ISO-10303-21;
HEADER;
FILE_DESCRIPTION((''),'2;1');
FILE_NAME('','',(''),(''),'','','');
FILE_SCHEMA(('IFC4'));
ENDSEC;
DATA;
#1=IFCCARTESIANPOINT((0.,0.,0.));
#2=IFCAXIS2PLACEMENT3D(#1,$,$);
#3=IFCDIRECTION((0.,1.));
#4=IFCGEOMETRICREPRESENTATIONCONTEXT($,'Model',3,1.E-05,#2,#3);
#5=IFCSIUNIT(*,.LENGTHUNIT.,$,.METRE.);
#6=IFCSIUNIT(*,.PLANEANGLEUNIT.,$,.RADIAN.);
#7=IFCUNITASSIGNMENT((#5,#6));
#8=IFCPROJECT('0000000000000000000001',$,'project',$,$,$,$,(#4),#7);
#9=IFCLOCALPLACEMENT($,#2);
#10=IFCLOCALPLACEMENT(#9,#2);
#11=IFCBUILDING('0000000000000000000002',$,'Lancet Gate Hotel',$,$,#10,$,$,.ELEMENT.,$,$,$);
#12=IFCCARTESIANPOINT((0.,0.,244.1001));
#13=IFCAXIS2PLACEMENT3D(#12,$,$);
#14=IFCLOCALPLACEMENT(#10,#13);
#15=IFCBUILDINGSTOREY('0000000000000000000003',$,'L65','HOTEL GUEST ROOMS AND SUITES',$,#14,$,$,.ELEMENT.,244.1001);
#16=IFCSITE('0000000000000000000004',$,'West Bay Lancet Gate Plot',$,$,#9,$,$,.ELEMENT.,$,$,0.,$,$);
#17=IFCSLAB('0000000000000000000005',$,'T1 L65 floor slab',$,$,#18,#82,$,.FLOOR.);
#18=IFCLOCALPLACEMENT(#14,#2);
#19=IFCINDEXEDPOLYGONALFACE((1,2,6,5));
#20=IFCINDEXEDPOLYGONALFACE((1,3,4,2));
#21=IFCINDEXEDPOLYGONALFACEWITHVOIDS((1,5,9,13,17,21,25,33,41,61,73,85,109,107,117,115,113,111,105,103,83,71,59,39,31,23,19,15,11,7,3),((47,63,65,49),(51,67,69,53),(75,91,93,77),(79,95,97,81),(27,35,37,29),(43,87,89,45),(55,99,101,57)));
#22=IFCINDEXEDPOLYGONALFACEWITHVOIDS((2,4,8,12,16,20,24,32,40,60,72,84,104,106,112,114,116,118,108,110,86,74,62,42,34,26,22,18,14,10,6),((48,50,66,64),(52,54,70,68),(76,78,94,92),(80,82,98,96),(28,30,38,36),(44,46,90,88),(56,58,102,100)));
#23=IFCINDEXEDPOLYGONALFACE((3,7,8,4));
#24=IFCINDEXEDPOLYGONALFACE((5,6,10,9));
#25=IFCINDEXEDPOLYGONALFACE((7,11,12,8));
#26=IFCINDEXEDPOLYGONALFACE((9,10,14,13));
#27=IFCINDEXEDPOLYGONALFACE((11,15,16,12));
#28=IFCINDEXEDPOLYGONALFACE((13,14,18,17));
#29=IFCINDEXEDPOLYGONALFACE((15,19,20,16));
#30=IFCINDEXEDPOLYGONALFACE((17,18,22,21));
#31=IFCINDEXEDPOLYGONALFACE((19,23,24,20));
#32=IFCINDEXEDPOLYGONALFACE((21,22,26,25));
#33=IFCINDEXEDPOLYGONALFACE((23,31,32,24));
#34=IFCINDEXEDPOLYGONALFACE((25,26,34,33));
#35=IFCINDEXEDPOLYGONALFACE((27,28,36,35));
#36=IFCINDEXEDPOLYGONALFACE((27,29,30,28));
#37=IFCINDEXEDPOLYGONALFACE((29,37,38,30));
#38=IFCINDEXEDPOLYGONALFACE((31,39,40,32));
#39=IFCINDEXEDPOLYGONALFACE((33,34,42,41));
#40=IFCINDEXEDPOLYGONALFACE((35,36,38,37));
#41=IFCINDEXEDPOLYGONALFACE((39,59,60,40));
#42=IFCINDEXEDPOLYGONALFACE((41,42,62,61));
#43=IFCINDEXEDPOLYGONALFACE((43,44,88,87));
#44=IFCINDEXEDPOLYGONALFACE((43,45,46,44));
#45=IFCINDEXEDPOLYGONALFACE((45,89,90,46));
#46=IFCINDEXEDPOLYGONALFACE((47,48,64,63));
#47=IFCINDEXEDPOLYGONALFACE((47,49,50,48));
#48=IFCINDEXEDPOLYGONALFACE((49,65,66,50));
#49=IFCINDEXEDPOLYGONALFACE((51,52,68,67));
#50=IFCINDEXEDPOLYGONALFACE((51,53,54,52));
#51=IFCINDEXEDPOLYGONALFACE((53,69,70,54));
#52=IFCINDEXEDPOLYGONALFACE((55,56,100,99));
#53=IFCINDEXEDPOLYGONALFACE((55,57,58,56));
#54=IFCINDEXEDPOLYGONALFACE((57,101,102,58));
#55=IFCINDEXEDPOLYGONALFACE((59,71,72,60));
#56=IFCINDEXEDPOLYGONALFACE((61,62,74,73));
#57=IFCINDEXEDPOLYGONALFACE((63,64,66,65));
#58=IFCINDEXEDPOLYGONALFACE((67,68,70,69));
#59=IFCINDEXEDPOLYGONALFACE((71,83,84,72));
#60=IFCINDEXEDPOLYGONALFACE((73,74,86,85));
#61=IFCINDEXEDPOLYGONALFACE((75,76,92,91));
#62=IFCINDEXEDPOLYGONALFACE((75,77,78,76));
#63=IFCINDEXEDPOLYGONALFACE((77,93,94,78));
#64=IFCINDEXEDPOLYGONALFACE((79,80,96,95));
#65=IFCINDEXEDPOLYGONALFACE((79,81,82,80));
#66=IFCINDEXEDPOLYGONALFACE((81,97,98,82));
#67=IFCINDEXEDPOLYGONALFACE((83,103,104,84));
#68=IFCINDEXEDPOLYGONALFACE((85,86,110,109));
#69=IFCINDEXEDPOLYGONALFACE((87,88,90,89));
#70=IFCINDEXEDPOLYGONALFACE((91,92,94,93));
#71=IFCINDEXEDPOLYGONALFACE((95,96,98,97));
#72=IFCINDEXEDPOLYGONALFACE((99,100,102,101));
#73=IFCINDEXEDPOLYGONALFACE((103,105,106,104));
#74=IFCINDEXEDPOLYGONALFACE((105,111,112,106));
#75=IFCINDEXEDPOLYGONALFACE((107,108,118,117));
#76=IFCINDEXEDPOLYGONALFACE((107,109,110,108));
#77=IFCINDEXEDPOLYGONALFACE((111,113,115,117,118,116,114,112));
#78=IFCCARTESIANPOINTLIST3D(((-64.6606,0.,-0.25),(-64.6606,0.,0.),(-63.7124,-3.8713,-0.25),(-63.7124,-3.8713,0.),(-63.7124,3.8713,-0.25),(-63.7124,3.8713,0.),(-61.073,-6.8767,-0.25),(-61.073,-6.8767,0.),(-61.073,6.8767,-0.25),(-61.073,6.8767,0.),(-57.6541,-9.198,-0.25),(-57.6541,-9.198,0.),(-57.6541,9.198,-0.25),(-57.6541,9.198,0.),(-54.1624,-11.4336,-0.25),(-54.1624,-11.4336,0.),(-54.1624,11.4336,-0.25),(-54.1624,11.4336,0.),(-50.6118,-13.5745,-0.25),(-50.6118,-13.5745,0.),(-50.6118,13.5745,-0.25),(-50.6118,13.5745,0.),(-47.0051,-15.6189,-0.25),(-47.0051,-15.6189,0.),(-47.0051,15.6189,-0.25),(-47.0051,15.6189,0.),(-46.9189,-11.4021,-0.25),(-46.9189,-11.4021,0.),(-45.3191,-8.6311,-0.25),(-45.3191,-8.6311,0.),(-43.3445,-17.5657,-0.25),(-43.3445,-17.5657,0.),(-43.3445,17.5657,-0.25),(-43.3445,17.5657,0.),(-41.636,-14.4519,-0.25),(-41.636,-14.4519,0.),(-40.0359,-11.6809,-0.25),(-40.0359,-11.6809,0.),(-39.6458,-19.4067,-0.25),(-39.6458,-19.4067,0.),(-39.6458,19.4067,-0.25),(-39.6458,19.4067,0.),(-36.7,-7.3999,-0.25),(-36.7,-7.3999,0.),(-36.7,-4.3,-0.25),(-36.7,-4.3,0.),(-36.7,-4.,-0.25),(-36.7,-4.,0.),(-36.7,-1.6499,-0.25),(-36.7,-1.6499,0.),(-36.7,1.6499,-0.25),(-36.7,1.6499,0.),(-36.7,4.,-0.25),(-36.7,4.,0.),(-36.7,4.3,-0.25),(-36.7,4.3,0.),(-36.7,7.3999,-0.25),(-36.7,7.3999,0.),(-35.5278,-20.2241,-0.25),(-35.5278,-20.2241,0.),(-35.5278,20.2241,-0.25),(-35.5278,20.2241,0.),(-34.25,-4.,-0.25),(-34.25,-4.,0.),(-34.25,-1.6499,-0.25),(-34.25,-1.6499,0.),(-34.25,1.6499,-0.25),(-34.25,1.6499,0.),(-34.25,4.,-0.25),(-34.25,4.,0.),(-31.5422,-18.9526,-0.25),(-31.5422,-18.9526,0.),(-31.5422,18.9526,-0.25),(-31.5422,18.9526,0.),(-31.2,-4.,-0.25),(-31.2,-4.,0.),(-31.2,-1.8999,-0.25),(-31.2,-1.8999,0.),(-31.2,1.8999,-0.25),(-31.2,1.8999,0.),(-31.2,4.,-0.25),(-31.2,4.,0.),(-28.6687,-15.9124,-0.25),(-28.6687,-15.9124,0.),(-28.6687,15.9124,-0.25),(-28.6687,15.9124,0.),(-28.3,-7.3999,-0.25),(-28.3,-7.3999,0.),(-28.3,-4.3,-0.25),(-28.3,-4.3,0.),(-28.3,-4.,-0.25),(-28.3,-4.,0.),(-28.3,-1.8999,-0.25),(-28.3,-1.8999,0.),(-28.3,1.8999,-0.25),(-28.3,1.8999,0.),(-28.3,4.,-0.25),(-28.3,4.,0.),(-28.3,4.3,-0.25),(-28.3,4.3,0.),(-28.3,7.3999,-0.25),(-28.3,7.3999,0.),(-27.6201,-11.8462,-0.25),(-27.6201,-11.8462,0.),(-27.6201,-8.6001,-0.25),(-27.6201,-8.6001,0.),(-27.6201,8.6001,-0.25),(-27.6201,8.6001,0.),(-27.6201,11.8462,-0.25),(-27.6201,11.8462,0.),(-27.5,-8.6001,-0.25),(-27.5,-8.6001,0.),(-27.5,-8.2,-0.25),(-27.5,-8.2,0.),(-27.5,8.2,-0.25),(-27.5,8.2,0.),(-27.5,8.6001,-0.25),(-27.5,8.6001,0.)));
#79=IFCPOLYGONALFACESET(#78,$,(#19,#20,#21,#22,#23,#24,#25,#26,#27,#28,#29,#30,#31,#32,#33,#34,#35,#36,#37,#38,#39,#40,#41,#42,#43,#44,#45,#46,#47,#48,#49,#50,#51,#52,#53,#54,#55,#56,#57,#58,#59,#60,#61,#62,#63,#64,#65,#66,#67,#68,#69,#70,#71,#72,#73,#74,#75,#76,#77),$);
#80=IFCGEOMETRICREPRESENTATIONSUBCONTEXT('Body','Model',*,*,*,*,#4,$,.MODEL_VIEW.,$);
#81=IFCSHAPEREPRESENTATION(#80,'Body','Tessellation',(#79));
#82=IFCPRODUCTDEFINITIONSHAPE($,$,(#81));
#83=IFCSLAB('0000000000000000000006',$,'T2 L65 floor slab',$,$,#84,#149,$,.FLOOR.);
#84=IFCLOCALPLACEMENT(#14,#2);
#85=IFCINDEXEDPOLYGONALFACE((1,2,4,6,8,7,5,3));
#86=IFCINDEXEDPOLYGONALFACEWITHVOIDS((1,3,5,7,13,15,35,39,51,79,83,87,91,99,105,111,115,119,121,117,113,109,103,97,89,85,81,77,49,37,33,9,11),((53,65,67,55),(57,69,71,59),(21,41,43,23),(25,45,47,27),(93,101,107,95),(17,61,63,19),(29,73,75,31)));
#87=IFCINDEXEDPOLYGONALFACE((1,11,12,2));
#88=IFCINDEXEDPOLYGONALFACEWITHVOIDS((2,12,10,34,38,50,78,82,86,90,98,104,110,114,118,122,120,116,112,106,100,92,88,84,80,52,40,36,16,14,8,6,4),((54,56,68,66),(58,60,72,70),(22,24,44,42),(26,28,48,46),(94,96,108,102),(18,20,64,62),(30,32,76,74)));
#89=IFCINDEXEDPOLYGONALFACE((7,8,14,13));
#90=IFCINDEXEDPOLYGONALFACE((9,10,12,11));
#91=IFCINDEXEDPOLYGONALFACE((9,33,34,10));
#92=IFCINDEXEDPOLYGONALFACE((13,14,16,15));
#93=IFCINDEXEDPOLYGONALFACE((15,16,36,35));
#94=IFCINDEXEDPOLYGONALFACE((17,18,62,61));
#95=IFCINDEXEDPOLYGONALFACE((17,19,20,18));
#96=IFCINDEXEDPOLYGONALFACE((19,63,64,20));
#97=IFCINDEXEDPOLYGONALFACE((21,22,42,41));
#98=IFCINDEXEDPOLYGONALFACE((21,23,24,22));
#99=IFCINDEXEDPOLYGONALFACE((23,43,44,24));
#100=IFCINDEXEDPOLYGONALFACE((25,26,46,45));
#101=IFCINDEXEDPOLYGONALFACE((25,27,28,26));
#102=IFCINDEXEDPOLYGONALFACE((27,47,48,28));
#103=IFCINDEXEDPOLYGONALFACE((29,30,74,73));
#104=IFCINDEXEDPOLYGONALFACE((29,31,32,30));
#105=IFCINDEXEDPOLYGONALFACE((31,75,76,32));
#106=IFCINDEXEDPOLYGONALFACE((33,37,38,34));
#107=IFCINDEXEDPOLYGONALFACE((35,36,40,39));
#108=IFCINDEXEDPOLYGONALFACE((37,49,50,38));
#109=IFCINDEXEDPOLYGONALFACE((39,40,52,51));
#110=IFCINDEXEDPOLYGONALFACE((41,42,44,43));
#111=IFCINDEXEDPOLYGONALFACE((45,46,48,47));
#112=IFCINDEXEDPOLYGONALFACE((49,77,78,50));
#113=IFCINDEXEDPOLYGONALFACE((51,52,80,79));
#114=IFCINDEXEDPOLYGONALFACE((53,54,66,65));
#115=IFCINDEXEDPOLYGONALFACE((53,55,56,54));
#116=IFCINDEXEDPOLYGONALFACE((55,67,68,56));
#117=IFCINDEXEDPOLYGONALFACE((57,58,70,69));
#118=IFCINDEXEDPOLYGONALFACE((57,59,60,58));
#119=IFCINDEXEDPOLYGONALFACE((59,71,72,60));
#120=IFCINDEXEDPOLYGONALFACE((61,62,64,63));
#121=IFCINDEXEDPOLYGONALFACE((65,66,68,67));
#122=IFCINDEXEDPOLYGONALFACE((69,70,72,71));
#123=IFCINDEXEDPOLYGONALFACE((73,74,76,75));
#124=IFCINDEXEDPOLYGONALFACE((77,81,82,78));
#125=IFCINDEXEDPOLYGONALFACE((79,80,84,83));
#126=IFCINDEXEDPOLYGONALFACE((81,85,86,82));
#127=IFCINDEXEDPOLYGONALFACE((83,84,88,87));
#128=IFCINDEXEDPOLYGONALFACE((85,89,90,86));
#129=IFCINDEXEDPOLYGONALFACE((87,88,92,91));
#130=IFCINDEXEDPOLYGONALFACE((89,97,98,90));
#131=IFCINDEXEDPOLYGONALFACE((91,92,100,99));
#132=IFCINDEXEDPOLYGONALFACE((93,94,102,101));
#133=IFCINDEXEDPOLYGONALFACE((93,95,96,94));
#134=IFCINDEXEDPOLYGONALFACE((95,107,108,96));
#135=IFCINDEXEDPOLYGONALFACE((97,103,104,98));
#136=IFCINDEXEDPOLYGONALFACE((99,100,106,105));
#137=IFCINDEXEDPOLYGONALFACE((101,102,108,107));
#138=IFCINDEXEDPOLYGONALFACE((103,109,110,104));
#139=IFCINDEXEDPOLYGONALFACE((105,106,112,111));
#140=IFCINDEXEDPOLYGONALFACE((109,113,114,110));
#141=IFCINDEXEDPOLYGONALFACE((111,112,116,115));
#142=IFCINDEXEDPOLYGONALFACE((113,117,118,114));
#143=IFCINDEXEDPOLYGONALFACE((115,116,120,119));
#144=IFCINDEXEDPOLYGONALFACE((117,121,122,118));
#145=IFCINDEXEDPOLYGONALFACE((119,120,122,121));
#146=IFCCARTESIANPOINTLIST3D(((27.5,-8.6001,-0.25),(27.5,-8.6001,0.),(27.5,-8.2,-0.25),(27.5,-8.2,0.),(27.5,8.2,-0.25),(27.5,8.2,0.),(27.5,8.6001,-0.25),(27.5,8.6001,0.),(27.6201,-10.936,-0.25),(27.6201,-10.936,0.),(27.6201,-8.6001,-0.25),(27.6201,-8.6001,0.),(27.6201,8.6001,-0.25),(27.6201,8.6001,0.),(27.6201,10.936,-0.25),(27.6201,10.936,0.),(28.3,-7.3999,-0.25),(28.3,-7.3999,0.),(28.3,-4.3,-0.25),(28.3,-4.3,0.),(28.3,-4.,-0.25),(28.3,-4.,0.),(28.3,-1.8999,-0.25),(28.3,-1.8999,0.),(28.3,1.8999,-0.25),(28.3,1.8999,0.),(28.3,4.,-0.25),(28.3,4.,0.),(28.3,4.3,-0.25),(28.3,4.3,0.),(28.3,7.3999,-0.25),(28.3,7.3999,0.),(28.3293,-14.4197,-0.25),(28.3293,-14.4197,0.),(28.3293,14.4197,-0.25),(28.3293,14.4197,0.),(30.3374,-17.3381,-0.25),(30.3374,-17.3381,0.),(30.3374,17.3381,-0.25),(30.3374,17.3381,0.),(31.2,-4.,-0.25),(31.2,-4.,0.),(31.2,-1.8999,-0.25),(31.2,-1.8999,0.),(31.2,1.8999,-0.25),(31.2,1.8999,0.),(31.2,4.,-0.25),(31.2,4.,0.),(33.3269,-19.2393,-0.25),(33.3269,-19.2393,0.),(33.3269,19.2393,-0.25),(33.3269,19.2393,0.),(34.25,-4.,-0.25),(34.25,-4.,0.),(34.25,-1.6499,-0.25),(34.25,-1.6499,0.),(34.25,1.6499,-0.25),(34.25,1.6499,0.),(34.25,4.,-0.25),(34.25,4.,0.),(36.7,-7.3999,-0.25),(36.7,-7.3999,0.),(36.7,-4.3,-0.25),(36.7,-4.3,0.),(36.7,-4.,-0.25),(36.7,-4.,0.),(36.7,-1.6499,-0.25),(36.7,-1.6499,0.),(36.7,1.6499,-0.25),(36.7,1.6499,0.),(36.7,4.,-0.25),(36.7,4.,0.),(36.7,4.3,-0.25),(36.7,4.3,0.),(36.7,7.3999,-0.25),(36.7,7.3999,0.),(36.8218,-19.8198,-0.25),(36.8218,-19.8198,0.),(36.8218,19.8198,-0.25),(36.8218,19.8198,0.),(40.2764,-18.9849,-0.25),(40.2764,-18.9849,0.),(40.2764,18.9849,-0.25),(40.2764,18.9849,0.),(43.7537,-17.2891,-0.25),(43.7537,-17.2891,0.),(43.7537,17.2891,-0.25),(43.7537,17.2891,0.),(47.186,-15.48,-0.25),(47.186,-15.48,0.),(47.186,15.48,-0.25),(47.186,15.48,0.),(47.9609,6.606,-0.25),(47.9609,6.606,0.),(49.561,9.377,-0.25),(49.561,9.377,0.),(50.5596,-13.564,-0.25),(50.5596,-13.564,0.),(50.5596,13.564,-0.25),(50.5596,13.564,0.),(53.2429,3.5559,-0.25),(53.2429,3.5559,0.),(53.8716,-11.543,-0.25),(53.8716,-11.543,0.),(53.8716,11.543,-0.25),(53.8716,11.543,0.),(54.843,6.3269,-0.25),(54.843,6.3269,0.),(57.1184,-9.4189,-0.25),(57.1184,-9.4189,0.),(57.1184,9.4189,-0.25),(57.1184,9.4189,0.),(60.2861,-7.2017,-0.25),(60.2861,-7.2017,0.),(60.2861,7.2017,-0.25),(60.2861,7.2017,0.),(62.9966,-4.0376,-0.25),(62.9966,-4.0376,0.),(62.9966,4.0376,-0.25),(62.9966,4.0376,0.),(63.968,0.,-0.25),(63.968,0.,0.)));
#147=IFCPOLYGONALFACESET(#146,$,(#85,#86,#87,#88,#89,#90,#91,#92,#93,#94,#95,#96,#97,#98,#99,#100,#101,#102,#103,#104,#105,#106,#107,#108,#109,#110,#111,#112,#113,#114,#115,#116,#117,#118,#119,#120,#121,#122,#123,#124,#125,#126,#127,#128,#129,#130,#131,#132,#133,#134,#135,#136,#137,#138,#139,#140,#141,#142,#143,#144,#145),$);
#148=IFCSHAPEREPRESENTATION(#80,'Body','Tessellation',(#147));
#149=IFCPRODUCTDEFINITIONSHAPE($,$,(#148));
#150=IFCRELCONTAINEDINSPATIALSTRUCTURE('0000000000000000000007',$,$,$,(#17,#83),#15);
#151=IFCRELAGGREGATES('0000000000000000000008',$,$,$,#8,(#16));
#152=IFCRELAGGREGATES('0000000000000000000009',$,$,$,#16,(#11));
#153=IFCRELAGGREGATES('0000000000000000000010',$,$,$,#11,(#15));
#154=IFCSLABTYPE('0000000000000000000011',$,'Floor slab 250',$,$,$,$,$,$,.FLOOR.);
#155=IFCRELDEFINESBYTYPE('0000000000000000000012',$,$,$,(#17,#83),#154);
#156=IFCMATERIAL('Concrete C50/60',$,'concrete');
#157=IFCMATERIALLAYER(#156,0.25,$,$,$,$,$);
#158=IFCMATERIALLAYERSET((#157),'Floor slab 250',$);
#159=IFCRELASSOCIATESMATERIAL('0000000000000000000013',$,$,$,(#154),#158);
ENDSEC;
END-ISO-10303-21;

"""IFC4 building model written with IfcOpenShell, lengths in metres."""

from ifc_helpers import new_model, si_unit, direction, frame, origin, place, context, subcontext, project, spatial, polyline, outline, extrude, material, layer, layer_set, type_object, element, save


model = new_model("IFC4")

# Units and contexts
model_context = context("Model", 3, precision=1e-05, world=origin(), true_north=direction((0.0, 1.0)))
body_context = subcontext(model_context, "Body", "Model", "MODEL_VIEW")
ifc_project = project(units=[si_unit("LENGTHUNIT", "METRE"), si_unit("PLANEANGLEUNIT", "RADIAN")], contexts=[model_context])

# Site, building, storey
site_placement = place(None, origin())
site = spatial("IfcSite", under=ifc_project, at=site_placement, Name="West Bay Lancet Gate Plot", CompositionType="ELEMENT", RefElevation=0.0)
building_placement = place(site_placement, origin())
building = spatial("IfcBuilding", under=site, at=building_placement, Name="Lancet Gate Hotel", CompositionType="ELEMENT")
storey_placement = place(building_placement, frame((0.0, 0.0, 244.1001)))
storey = spatial("IfcBuildingStorey", under=building, at=storey_placement, Name="L65", Description="HOTEL GUEST ROOMS AND SUITES", CompositionType="ELEMENT", Elevation=244.1001)

# Slabs
ifc_material_1 = material(Name="Concrete C50/60", Category="concrete")
ifc_layer_1 = layer(ifc_material_1, 0.25)
ifc_layer_set_1 = layer_set([ifc_layer_1], Name="Floor slab 250")
slab_type_1 = type_object("IfcSlabType", Name="Floor slab 250", PredefinedType="FLOOR", material=ifc_layer_set_1)
slab_1_placement = place(storey_placement, frame((0.0, 0.0, -0.25)))
element("IfcSlab", 1, at=slab_1_placement, inside=storey, type_object=slab_type_1, Name="T1 L65 floor slab", PredefinedType="FLOOR", context=body_context, shape_type="SweptSolid", body=[
    extrude(outline(polyline([(-27.5, 8.6001), (-27.6201, 8.6001), (-27.6201, 11.8462), (-28.6687, 15.9124), (-31.5422, 18.9526), (-35.5278, 20.2241), (-39.6458, 19.4067), (-43.3445, 17.5657), (-47.0051, 15.6189), (-50.6118, 13.5745), (-54.1624, 11.4336), (-57.6541, 9.198), (-61.073, 6.8767), (-63.7124, 3.8713), (-64.6606, 0.0), (-63.7124, -3.8713), (-61.073, -6.8767), (-57.6541, -9.198), (-54.1624, -11.4336), (-50.6118, -13.5745), (-47.0051, -15.6189), (-43.3445, -17.5657), (-39.6458, -19.4067), (-35.5278, -20.2241), (-31.5422, -18.9526), (-28.6687, -15.9124), (-27.6201, -11.8462), (-27.6201, -8.6001), (-27.5, -8.6001), (-27.5, -8.2), (-27.5, 8.2), (-27.5, 8.6001)]), holes=[polyline([(-36.7, 7.3999), (-36.7, 4.3), (-28.3, 4.3), (-28.3, 7.3999), (-36.7, 7.3999)]), polyline([(-28.3, 4.0), (-31.2, 4.0), (-31.2, 1.8999), (-28.3, 1.8999), (-28.3, 4.0)]), polyline([(-34.25, 4.0), (-36.7, 4.0), (-36.7, 1.6499), (-34.25, 1.6499), (-34.25, 4.0)]), polyline([(-36.7, -1.6499), (-36.7, -4.0), (-34.25, -4.0), (-34.25, -1.6499), (-36.7, -1.6499)]), polyline([(-28.3, -1.8999), (-31.2, -1.8999), (-31.2, -4.0), (-28.3, -4.0), (-28.3, -1.8999)]), polyline([(-28.3, -4.3), (-36.7, -4.3), (-36.7, -7.3999), (-28.3, -7.3999), (-28.3, -4.3)]), polyline([(-45.3191, -8.6311), (-46.9189, -11.4021), (-41.636, -14.4519), (-40.0359, -11.6809), (-45.3191, -8.6311)])]), origin(), (0.0, 0.0, 1.0), 0.25),
])
slab_2_placement = place(storey_placement, frame((0.0, 0.0, -0.25)))
element("IfcSlab", 2, at=slab_2_placement, inside=storey, type_object=slab_type_1, Name="T2 L65 floor slab", PredefinedType="FLOOR", context=body_context, shape_type="SweptSolid", body=[
    extrude(outline(polyline([(27.5, -8.6001), (27.6201, -8.6001), (27.6201, -10.936), (28.3293, -14.4197), (30.3374, -17.3381), (33.3269, -19.2393), (36.8218, -19.8198), (40.2764, -18.9849), (43.7537, -17.2891), (47.186, -15.48), (50.5596, -13.564), (53.8716, -11.543), (57.1184, -9.4189), (60.2861, -7.2017), (62.9966, -4.0376), (63.968, 0.0), (62.9966, 4.0376), (60.2861, 7.2017), (57.1184, 9.4189), (53.8716, 11.543), (50.5596, 13.564), (47.186, 15.48), (43.7537, 17.2891), (40.2764, 18.9849), (36.8218, 19.8198), (33.3269, 19.2393), (30.3374, 17.3381), (28.3293, 14.4197), (27.6201, 10.936), (27.6201, 8.6001), (27.5, 8.6001), (27.5, 8.2), (27.5, -8.2), (27.5, -8.6001)]), holes=[polyline([(36.7, -7.3999), (36.7, -4.3), (28.3, -4.3), (28.3, -7.3999), (36.7, -7.3999)]), polyline([(28.3, -4.0), (31.2, -4.0), (31.2, -1.8999), (28.3, -1.8999), (28.3, -4.0)]), polyline([(34.25, -4.0), (36.7, -4.0), (36.7, -1.6499), (34.25, -1.6499), (34.25, -4.0)]), polyline([(36.7, 1.6499), (36.7, 4.0), (34.25, 4.0), (34.25, 1.6499), (36.7, 1.6499)]), polyline([(28.3, 1.8999), (31.2, 1.8999), (31.2, 4.0), (28.3, 4.0), (28.3, 1.8999)]), polyline([(28.3, 4.3), (36.7, 4.3), (36.7, 7.3999), (28.3, 7.3999), (28.3, 4.3)]), polyline([(53.2429, 3.5559), (54.843, 6.3269), (49.561, 9.377), (47.9609, 6.606), (53.2429, 3.5559)])]), origin(), (0.0, 0.0, 1.0), 0.25),
])

save(model, "model.ifc")
